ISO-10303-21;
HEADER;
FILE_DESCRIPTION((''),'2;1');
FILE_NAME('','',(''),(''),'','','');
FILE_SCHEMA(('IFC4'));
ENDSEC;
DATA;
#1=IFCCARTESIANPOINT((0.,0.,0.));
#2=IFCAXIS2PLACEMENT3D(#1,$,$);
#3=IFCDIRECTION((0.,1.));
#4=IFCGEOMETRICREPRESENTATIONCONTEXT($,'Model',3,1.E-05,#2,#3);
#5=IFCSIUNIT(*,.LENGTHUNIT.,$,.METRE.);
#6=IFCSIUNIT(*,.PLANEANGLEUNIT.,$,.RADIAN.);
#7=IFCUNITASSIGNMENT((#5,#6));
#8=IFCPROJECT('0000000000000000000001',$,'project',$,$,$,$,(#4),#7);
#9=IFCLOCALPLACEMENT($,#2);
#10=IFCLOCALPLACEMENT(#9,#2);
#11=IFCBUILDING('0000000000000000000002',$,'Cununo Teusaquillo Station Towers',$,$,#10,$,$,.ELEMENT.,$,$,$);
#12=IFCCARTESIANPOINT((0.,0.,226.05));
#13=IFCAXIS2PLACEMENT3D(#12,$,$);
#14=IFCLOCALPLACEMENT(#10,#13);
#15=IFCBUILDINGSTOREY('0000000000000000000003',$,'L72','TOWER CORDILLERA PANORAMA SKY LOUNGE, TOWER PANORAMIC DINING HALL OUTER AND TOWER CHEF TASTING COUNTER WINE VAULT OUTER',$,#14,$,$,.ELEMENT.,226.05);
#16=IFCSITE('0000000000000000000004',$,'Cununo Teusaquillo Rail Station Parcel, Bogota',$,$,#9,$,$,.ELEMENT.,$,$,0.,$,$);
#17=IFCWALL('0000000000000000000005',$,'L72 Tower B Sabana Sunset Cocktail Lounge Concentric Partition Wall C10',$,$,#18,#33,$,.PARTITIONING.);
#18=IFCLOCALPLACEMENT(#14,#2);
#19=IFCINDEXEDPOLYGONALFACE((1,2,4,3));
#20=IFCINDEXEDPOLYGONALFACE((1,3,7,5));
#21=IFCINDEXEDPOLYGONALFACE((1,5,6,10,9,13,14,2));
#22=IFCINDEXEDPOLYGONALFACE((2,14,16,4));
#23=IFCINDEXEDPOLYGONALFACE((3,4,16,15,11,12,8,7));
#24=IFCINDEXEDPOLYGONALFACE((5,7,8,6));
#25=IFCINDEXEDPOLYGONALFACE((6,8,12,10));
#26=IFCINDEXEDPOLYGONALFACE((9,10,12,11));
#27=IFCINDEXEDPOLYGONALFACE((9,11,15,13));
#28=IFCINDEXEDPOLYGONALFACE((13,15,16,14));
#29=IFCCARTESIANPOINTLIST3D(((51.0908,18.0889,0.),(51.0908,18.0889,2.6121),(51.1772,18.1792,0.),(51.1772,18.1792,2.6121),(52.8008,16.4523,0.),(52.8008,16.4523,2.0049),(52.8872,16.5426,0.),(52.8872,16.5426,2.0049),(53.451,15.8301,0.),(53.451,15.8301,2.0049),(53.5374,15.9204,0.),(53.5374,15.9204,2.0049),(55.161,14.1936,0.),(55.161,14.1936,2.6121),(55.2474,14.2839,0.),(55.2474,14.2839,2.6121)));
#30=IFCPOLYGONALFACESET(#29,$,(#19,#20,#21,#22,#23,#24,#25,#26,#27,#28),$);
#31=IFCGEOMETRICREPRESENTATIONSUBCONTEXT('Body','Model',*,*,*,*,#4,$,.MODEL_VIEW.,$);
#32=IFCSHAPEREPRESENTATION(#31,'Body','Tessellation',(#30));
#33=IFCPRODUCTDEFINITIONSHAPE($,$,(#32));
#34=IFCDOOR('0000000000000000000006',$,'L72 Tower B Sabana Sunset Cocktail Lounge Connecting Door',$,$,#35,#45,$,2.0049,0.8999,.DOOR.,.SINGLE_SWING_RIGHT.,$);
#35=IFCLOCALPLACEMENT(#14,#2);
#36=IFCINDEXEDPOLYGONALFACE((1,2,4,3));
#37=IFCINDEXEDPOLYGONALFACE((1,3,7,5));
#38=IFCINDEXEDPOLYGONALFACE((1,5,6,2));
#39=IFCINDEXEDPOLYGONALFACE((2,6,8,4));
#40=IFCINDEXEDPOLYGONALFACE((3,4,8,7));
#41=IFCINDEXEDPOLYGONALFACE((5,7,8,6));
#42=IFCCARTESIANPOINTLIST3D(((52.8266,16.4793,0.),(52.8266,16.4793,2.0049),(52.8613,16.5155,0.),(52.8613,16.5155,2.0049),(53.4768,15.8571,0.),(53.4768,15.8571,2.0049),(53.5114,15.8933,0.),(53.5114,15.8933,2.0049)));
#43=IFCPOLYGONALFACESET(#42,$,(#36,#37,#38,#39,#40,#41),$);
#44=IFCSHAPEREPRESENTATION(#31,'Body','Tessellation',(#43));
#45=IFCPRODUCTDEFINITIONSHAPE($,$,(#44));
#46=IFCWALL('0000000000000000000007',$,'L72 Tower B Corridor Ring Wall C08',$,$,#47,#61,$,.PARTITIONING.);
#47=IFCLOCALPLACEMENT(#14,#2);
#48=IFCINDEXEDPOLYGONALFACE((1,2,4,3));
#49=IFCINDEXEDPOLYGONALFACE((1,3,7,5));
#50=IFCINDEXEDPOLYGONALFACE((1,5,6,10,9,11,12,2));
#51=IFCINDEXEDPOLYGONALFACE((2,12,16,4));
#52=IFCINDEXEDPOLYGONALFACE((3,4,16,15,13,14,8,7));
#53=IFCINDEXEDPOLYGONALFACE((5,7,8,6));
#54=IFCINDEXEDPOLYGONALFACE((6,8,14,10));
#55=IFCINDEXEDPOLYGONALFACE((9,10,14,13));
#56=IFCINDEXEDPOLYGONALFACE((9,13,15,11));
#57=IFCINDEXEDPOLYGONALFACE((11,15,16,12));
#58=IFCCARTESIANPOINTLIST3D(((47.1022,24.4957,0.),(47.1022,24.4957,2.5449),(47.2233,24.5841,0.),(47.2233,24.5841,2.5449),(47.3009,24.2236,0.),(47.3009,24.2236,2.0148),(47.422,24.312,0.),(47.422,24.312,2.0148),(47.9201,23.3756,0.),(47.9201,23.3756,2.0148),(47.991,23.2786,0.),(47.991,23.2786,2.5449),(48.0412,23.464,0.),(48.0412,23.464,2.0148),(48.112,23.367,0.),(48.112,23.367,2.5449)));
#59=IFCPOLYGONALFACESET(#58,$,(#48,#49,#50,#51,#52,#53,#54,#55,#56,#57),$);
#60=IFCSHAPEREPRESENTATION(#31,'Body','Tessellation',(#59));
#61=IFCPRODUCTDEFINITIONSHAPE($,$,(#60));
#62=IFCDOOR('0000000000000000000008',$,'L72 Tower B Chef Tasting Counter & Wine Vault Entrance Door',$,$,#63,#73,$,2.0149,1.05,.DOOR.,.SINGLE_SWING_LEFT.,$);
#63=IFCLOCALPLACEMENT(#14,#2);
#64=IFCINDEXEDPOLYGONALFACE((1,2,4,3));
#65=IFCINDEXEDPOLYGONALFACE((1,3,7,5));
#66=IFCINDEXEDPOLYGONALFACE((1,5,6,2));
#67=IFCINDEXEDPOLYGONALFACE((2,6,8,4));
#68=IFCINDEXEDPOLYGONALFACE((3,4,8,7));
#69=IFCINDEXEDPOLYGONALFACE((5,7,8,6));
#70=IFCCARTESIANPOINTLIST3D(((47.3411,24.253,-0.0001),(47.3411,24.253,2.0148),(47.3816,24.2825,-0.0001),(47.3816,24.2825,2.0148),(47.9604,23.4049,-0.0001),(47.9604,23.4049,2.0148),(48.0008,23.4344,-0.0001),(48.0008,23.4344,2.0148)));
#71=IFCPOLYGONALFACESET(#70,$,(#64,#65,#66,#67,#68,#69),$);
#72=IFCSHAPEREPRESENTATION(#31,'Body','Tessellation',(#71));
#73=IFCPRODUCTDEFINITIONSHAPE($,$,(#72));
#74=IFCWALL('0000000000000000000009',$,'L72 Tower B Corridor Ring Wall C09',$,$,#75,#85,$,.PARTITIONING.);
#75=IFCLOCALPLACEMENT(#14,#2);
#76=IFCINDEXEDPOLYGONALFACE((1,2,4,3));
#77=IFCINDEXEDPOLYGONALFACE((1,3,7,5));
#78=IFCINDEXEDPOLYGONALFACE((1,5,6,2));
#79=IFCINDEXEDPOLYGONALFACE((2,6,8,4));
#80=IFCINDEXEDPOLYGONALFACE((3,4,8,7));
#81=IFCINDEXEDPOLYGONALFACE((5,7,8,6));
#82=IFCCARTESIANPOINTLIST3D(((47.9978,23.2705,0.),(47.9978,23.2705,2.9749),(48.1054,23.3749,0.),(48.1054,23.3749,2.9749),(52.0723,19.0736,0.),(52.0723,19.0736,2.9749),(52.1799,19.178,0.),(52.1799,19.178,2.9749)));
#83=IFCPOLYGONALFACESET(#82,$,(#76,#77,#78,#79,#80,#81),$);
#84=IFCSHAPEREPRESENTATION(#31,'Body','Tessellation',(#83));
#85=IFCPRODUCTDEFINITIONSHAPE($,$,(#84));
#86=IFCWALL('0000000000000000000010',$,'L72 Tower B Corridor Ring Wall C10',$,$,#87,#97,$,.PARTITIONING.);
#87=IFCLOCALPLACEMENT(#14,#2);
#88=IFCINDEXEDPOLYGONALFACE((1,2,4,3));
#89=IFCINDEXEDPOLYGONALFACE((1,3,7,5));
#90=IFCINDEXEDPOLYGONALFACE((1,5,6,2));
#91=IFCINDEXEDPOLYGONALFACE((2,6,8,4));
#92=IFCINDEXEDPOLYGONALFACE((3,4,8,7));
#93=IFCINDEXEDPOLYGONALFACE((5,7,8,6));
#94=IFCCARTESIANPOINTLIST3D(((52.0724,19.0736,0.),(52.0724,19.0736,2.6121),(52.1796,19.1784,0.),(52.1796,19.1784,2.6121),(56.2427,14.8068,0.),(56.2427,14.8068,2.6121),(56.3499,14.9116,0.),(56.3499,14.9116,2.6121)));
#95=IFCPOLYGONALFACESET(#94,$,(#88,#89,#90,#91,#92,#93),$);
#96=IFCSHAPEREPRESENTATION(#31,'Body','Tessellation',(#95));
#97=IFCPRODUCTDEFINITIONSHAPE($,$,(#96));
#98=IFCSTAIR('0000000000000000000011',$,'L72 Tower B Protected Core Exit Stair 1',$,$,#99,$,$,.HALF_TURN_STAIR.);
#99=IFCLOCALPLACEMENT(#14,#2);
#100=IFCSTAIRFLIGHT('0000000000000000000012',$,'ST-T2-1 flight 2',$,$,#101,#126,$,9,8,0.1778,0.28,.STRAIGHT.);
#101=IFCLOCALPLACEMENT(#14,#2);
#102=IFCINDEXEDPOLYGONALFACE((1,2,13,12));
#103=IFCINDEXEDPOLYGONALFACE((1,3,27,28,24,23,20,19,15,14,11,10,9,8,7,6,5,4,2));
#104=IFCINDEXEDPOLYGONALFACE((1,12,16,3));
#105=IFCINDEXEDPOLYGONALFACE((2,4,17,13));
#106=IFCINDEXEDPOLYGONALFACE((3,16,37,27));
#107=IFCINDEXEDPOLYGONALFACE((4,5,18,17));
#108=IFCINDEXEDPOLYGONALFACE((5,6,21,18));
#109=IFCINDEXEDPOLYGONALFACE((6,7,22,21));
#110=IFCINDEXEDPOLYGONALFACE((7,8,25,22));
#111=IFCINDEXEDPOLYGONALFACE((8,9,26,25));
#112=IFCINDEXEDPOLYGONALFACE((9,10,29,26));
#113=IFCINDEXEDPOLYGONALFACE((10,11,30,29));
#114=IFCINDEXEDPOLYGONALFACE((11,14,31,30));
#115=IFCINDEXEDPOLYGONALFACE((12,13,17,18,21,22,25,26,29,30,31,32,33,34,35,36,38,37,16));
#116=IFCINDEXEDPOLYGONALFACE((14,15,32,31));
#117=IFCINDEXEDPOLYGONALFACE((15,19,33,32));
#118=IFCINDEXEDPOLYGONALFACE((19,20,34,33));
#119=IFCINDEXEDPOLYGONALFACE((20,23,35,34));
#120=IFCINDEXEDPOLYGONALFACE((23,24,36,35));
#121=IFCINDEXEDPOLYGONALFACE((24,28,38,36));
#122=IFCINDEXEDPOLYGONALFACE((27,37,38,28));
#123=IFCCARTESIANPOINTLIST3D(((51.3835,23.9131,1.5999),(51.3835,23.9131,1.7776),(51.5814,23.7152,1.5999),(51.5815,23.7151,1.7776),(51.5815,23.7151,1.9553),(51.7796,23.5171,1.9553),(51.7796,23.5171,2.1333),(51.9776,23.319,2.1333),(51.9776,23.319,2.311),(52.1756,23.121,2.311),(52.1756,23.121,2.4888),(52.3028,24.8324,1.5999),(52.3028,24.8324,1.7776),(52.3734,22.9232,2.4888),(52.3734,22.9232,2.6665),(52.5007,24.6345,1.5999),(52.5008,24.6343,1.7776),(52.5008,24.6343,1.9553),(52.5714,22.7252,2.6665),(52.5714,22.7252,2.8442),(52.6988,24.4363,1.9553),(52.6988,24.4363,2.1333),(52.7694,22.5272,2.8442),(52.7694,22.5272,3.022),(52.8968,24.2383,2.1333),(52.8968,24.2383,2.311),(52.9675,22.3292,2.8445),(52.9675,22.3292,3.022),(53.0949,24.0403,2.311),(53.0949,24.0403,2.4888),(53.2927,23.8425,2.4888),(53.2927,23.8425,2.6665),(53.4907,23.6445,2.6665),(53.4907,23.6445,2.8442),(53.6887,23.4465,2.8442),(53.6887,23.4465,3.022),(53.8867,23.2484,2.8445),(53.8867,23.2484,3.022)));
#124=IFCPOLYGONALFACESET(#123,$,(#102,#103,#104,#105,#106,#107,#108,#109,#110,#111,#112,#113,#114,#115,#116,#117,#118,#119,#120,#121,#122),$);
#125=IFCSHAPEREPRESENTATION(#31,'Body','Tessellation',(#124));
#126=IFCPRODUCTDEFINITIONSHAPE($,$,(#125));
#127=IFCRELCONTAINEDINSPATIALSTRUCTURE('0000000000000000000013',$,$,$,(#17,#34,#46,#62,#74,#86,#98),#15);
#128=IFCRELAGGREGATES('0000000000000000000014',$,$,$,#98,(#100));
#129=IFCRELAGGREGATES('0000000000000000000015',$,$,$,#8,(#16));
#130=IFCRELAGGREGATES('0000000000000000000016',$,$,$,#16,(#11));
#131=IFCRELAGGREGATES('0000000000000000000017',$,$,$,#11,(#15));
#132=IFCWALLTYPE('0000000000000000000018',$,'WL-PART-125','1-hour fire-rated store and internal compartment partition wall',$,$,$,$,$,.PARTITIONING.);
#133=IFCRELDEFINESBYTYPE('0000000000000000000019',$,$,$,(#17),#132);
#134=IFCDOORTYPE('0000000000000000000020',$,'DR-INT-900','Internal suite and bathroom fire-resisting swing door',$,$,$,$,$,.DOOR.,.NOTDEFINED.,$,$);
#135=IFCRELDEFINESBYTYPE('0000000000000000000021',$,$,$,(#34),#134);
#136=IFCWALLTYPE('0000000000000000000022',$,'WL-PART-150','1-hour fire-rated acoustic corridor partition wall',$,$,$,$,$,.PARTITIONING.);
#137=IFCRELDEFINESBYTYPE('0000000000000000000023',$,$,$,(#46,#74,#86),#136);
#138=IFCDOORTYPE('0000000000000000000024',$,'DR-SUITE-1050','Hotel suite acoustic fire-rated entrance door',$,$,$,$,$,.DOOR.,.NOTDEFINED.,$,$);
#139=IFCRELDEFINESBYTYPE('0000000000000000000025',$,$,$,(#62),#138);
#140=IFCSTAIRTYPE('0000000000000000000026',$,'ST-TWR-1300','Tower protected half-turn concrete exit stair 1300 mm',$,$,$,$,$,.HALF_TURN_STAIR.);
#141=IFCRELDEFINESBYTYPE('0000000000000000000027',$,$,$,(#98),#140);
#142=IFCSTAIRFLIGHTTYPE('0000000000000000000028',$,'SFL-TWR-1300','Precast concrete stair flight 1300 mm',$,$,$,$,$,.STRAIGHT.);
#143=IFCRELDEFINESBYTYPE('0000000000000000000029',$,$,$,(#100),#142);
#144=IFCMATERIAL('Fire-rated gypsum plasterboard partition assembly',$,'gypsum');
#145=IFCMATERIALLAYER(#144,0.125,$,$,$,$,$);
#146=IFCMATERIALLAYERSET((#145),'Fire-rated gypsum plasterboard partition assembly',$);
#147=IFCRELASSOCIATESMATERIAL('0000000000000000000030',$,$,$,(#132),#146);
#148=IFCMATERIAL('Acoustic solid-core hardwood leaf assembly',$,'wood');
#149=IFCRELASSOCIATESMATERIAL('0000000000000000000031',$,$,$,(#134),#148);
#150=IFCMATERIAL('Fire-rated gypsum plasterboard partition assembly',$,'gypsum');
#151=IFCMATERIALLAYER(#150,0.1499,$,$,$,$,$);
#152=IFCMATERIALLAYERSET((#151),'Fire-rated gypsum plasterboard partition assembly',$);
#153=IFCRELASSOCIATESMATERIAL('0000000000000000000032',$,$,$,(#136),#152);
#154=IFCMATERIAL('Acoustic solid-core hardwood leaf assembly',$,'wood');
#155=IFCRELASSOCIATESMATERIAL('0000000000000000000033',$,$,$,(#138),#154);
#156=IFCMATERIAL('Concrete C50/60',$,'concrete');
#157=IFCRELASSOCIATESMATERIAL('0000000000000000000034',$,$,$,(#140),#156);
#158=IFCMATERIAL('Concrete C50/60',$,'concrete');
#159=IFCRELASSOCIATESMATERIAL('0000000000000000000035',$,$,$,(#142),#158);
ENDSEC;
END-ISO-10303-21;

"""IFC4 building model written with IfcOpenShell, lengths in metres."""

from ifc_helpers import new_model, si_unit, direction, frame, frame_2d, origin, place, context, subcontext, project, spatial, polyline, rectangle, outline, extrude, source, transform, mapped, material, layer, layer_set, type_object, element, fill, aggregate, save


model = new_model("IFC4")

# Units and contexts
model_context = context("Model", 3, precision=1e-05, world=origin(), true_north=direction((0.0, 1.0)))
body_context = subcontext(model_context, "Body", "Model", "MODEL_VIEW")
ifc_project = project(units=[si_unit("LENGTHUNIT", "METRE"), si_unit("PLANEANGLEUNIT", "RADIAN")], contexts=[model_context])

# Site, building, storey
site_placement = place(None, origin())
site = spatial("IfcSite", under=ifc_project, at=site_placement, Name="Cununo Teusaquillo Rail Station Parcel, Bogota", CompositionType="ELEMENT", RefElevation=0.0)
building_placement = place(site_placement, origin())
building = spatial("IfcBuilding", under=site, at=building_placement, Name="Cununo Teusaquillo Station Towers", CompositionType="ELEMENT")
storey_placement = place(building_placement, frame((0.0, 0.0, 226.05)))
storey = spatial("IfcBuildingStorey", under=building, at=storey_placement, Name="L72", Description="TOWER CORDILLERA PANORAMA SKY LOUNGE, TOWER PANORAMIC DINING HALL OUTER AND TOWER CHEF TASTING COUNTER WINE VAULT OUTER", CompositionType="ELEMENT", Elevation=226.05)

# Shared definitions
ifc_material_1 = material(Name="Fire-rated gypsum plasterboard partition assembly", Category="gypsum")
ifc_layer_1 = layer(ifc_material_1, 0.125)
ifc_layer_set_1 = layer_set([ifc_layer_1], Name="Fire-rated gypsum plasterboard partition assembly")
wall_type_1 = type_object("IfcWallType", Name="WL-PART-125", Description="1-hour fire-rated store and internal compartment partition wall", PredefinedType="PARTITIONING", material=ifc_layer_set_1)

# Walls, openings, doors
shared_shape_1 = source(origin(), body_context, "Body", "SweptSolid", [
    extrude(rectangle(XDim=0.8999, YDim=2.0049, at=frame_2d((0.45, 1.0024))), frame((0.0, 0.0725, 0.0), z_axis=(0.0, -1.0, 0.0), x_axis=(1.0, 0.0, 0.0)), (0.0, 0.0, 1.0), 0.145),
])
ifc_material_2 = material(Name="Acoustic solid-core hardwood leaf assembly", Category="wood")
door_type_1 = type_object("IfcDoorType", Name="DR-INT-900", Description="Internal suite and bathroom fire-resisting swing door", OperationType="NOTDEFINED", PredefinedType="DOOR", material=ifc_material_2)
shared_shape_2 = source(origin(), body_context, "Body", "SweptSolid", [
    extrude(rectangle(XDim=0.8999, YDim=2.0049, at=frame_2d((0.45, 1.0024))), frame((0.0, 0.0249, 0.0), z_axis=(0.0, -1.0, 0.0), x_axis=(1.0, 0.0, 0.0)), (0.0, 0.0, 1.0), 0.05),
])
wall_1_placement = place(storey_placement, frame((51.134, 18.134, 0.0), z_axis=(0.0, 0.0, 1.0), x_axis=(0.722451, -0.691422, 0.0)))
wall_1 = element("IfcWall", 1, at=wall_1_placement, inside=storey, type_object=wall_type_1, Name="L72 Tower B Sabana Sunset Cocktail Lounge Concentric Partition Wall C10", PredefinedType="PARTITIONING", context=body_context, shape_type="SweptSolid", body=[
    extrude(rectangle(XDim=5.6338, YDim=0.125, at=frame_2d((2.8169, 0.0))), origin(), (0.0, 0.0, 1.0), 2.6121),
])
opening_1_placement = place(wall_1_placement, frame((2.3669, 0.0, 0.0)))
opening_1 = element("IfcOpeningElement", 2, at=opening_1_placement, cuts=wall_1, PredefinedType="OPENING", context=body_context, shape_type="MappedRepresentation", body=[
    mapped(shared_shape_1, transform((0.0, 0.0, 0.0), x_axis=(1.0, 0.0, 0.0), y_axis=(0.0, 1.0, 0.0), z_axis=(0.0, 0.0, 1.0), scale=1.0)),
])
door_1_placement = place(opening_1_placement, origin())
door_1 = element("IfcDoor", 3, at=door_1_placement, inside=storey, type_object=door_type_1, Name="L72 Tower B Sabana Sunset Cocktail Lounge Connecting Door", OperationType="SINGLE_SWING_RIGHT", OverallHeight=2.0049, OverallWidth=0.8999, PredefinedType="DOOR", context=body_context, shape_type="MappedRepresentation", body=[
    mapped(shared_shape_2, transform((0.0, 0.0, 0.0), x_axis=(1.0, 0.0, 0.0), y_axis=(0.0, 1.0, 0.0), z_axis=(0.0, 0.0, 1.0), scale=1.0)),
])
fill(opening_1, door_1)
ifc_material_3 = material(Name="Fire-rated gypsum plasterboard partition assembly", Category="gypsum")
ifc_layer_2 = layer(ifc_material_3, 0.1499)
ifc_layer_set_2 = layer_set([ifc_layer_2], Name="Fire-rated gypsum plasterboard partition assembly")
wall_type_2 = type_object("IfcWallType", Name="WL-PART-150", Description="1-hour fire-rated acoustic corridor partition wall", PredefinedType="PARTITIONING", material=ifc_layer_set_2)
wall_2_placement = place(storey_placement, frame((47.1628, 24.5398, 0.0), z_axis=(0.0, 0.0, 1.0), x_axis=(0.589712, -0.807614, 0.0)))
wall_2 = element("IfcWall", 4, at=wall_2_placement, inside=storey, type_object=wall_type_2, Name="L72 Tower B Corridor Ring Wall C08", PredefinedType="PARTITIONING", context=body_context, shape_type="SweptSolid", body=[
    extrude(rectangle(XDim=1.5071, YDim=0.1499, at=frame_2d((0.7534, 0.0))), origin(), (0.0, 0.0, 1.0), 2.5449),
])
shared_shape_3 = source(origin(), body_context, "Body", "SweptSolid", [
    extrude(rectangle(XDim=1.05, YDim=2.0149, at=frame_2d((0.5249, 1.0073))), frame((0.0, 0.085, 0.0), z_axis=(0.0, -1.0, 0.0), x_axis=(1.0, 0.0, 0.0)), (0.0, 0.0, 1.0), 0.1699),
])
opening_2_placement = place(wall_2_placement, frame((0.3369, 0.0, 0.0)))
opening_2 = element("IfcOpeningElement", 5, at=opening_2_placement, cuts=wall_2, PredefinedType="OPENING", context=body_context, shape_type="MappedRepresentation", body=[
    mapped(shared_shape_3, transform((0.0, 0.0, 0.0), x_axis=(1.0, 0.0, 0.0), y_axis=(0.0, 1.0, 0.0), z_axis=(0.0, 0.0, 1.0), scale=1.0)),
])
ifc_material_4 = material(Name="Acoustic solid-core hardwood leaf assembly", Category="wood")
door_type_2 = type_object("IfcDoorType", Name="DR-SUITE-1050", Description="Hotel suite acoustic fire-rated entrance door", OperationType="NOTDEFINED", PredefinedType="DOOR", material=ifc_material_4)
shared_shape_4 = source(origin(), body_context, "Body", "SweptSolid", [
    extrude(rectangle(XDim=1.05, YDim=2.0149, at=frame_2d((0.5249, 1.0073))), frame((0.0, 0.0249, 0.0), z_axis=(0.0, -1.0, 0.0), x_axis=(1.0, 0.0, 0.0)), (0.0, 0.0, 1.0), 0.05),
])
door_2_placement = place(opening_2_placement, origin())
door_2 = element("IfcDoor", 6, at=door_2_placement, inside=storey, type_object=door_type_2, Name="L72 Tower B Chef Tasting Counter & Wine Vault Entrance Door", OperationType="SINGLE_SWING_LEFT", OverallHeight=2.0149, OverallWidth=1.05, PredefinedType="DOOR", context=body_context, shape_type="MappedRepresentation", body=[
    mapped(shared_shape_4, transform((0.0, 0.0, 0.0), x_axis=(1.0, 0.0, 0.0), y_axis=(0.0, 1.0, 0.0), z_axis=(0.0, 0.0, 1.0), scale=1.0)),
])
fill(opening_2, door_2)

# Walls
wall_3_placement = place(storey_placement, frame((48.0515, 23.3228, 0.0), z_axis=(0.0, 0.0, 1.0), x_axis=(0.696574, -0.717485, 0.0)))
element("IfcWall", 7, at=wall_3_placement, inside=storey, type_object=wall_type_2, Name="L72 Tower B Corridor Ring Wall C09", PredefinedType="PARTITIONING", context=body_context, shape_type="SweptSolid", body=[
    extrude(rectangle(XDim=5.8494, YDim=0.1499, at=frame_2d((2.9248, 0.0))), origin(), (0.0, 0.0, 1.0), 2.9749),
])
wall_4_placement = place(storey_placement, frame((52.126, 19.126, 0.0), z_axis=(0.0, 0.0, 1.0), x_axis=(0.698979, -0.715142, 0.0)))
element("IfcWall", 8, at=wall_4_placement, inside=storey, type_object=wall_type_2, Name="L72 Tower B Corridor Ring Wall C10", PredefinedType="PARTITIONING", context=body_context, shape_type="SweptSolid", body=[
    extrude(rectangle(XDim=5.9663, YDim=0.1499, at=frame_2d((2.9832, 0.0))), origin(), (0.0, 0.0, 1.0), 2.6121),
])

# Stair, stair flight
ifc_material_5 = material(Name="Concrete C50/60", Category="concrete")
stair_type = type_object("IfcStairType", Name="ST-TWR-1300", Description="Tower protected half-turn concrete exit stair 1300 mm", PredefinedType="HALF_TURN_STAIR", material=ifc_material_5)
stair_placement = place(storey_placement, origin())
stair = element("IfcStair", 9, at=stair_placement, inside=storey, type_object=stair_type, Name="L72 Tower B Protected Core Exit Stair 1", PredefinedType="HALF_TURN_STAIR")
ifc_material_6 = material(Name="Concrete C50/60", Category="concrete")
stair_flight_type = type_object("IfcStairFlightType", Name="SFL-TWR-1300", Description="Precast concrete stair flight 1300 mm", PredefinedType="STRAIGHT", material=ifc_material_6)
stair_flight_placement = place(storey_placement, frame((51.8433, 24.3728, 1.5999), z_axis=(0.0, 0.0, 1.0), x_axis=(0.707107, -0.707107, 0.0)))
stair_flight = element("IfcStairFlight", 10, at=stair_flight_placement, type_object=stair_flight_type, Name="ST-T2-1 flight 2", NumberOfRisers=9, NumberOfTreads=8, PredefinedType="STRAIGHT", RiserHeight=0.1778, TreadLength=0.28, context=body_context, shape_type="SweptSolid", body=[
    extrude(outline(polyline([(0.0, 0.0), (0.0, 0.1777), (0.28, 0.1777), (0.28, 0.3555), (0.5601, 0.3555), (0.5601, 0.5334), (0.8401, 0.5334), (0.8401, 0.7112), (1.1201, 0.7112), (1.1201, 0.8889), (1.3999, 0.8889), (1.3999, 1.0667), (1.6799, 1.0667), (1.6799, 1.2444), (1.96, 1.2444), (1.96, 1.4221), (2.24, 1.4221), (2.24, 1.6001), (2.24, 1.2446), (0.2798, 0.0), (0.0, 0.0)])), frame((0.0, 0.6499, 0.0), z_axis=(0.0, -1.0, 0.0), x_axis=(1.0, 0.0, 0.0)), (0.0, 0.0, 1.0), 1.3),
])
aggregate(stair, [stair_flight])

save(model, "model.ifc")
